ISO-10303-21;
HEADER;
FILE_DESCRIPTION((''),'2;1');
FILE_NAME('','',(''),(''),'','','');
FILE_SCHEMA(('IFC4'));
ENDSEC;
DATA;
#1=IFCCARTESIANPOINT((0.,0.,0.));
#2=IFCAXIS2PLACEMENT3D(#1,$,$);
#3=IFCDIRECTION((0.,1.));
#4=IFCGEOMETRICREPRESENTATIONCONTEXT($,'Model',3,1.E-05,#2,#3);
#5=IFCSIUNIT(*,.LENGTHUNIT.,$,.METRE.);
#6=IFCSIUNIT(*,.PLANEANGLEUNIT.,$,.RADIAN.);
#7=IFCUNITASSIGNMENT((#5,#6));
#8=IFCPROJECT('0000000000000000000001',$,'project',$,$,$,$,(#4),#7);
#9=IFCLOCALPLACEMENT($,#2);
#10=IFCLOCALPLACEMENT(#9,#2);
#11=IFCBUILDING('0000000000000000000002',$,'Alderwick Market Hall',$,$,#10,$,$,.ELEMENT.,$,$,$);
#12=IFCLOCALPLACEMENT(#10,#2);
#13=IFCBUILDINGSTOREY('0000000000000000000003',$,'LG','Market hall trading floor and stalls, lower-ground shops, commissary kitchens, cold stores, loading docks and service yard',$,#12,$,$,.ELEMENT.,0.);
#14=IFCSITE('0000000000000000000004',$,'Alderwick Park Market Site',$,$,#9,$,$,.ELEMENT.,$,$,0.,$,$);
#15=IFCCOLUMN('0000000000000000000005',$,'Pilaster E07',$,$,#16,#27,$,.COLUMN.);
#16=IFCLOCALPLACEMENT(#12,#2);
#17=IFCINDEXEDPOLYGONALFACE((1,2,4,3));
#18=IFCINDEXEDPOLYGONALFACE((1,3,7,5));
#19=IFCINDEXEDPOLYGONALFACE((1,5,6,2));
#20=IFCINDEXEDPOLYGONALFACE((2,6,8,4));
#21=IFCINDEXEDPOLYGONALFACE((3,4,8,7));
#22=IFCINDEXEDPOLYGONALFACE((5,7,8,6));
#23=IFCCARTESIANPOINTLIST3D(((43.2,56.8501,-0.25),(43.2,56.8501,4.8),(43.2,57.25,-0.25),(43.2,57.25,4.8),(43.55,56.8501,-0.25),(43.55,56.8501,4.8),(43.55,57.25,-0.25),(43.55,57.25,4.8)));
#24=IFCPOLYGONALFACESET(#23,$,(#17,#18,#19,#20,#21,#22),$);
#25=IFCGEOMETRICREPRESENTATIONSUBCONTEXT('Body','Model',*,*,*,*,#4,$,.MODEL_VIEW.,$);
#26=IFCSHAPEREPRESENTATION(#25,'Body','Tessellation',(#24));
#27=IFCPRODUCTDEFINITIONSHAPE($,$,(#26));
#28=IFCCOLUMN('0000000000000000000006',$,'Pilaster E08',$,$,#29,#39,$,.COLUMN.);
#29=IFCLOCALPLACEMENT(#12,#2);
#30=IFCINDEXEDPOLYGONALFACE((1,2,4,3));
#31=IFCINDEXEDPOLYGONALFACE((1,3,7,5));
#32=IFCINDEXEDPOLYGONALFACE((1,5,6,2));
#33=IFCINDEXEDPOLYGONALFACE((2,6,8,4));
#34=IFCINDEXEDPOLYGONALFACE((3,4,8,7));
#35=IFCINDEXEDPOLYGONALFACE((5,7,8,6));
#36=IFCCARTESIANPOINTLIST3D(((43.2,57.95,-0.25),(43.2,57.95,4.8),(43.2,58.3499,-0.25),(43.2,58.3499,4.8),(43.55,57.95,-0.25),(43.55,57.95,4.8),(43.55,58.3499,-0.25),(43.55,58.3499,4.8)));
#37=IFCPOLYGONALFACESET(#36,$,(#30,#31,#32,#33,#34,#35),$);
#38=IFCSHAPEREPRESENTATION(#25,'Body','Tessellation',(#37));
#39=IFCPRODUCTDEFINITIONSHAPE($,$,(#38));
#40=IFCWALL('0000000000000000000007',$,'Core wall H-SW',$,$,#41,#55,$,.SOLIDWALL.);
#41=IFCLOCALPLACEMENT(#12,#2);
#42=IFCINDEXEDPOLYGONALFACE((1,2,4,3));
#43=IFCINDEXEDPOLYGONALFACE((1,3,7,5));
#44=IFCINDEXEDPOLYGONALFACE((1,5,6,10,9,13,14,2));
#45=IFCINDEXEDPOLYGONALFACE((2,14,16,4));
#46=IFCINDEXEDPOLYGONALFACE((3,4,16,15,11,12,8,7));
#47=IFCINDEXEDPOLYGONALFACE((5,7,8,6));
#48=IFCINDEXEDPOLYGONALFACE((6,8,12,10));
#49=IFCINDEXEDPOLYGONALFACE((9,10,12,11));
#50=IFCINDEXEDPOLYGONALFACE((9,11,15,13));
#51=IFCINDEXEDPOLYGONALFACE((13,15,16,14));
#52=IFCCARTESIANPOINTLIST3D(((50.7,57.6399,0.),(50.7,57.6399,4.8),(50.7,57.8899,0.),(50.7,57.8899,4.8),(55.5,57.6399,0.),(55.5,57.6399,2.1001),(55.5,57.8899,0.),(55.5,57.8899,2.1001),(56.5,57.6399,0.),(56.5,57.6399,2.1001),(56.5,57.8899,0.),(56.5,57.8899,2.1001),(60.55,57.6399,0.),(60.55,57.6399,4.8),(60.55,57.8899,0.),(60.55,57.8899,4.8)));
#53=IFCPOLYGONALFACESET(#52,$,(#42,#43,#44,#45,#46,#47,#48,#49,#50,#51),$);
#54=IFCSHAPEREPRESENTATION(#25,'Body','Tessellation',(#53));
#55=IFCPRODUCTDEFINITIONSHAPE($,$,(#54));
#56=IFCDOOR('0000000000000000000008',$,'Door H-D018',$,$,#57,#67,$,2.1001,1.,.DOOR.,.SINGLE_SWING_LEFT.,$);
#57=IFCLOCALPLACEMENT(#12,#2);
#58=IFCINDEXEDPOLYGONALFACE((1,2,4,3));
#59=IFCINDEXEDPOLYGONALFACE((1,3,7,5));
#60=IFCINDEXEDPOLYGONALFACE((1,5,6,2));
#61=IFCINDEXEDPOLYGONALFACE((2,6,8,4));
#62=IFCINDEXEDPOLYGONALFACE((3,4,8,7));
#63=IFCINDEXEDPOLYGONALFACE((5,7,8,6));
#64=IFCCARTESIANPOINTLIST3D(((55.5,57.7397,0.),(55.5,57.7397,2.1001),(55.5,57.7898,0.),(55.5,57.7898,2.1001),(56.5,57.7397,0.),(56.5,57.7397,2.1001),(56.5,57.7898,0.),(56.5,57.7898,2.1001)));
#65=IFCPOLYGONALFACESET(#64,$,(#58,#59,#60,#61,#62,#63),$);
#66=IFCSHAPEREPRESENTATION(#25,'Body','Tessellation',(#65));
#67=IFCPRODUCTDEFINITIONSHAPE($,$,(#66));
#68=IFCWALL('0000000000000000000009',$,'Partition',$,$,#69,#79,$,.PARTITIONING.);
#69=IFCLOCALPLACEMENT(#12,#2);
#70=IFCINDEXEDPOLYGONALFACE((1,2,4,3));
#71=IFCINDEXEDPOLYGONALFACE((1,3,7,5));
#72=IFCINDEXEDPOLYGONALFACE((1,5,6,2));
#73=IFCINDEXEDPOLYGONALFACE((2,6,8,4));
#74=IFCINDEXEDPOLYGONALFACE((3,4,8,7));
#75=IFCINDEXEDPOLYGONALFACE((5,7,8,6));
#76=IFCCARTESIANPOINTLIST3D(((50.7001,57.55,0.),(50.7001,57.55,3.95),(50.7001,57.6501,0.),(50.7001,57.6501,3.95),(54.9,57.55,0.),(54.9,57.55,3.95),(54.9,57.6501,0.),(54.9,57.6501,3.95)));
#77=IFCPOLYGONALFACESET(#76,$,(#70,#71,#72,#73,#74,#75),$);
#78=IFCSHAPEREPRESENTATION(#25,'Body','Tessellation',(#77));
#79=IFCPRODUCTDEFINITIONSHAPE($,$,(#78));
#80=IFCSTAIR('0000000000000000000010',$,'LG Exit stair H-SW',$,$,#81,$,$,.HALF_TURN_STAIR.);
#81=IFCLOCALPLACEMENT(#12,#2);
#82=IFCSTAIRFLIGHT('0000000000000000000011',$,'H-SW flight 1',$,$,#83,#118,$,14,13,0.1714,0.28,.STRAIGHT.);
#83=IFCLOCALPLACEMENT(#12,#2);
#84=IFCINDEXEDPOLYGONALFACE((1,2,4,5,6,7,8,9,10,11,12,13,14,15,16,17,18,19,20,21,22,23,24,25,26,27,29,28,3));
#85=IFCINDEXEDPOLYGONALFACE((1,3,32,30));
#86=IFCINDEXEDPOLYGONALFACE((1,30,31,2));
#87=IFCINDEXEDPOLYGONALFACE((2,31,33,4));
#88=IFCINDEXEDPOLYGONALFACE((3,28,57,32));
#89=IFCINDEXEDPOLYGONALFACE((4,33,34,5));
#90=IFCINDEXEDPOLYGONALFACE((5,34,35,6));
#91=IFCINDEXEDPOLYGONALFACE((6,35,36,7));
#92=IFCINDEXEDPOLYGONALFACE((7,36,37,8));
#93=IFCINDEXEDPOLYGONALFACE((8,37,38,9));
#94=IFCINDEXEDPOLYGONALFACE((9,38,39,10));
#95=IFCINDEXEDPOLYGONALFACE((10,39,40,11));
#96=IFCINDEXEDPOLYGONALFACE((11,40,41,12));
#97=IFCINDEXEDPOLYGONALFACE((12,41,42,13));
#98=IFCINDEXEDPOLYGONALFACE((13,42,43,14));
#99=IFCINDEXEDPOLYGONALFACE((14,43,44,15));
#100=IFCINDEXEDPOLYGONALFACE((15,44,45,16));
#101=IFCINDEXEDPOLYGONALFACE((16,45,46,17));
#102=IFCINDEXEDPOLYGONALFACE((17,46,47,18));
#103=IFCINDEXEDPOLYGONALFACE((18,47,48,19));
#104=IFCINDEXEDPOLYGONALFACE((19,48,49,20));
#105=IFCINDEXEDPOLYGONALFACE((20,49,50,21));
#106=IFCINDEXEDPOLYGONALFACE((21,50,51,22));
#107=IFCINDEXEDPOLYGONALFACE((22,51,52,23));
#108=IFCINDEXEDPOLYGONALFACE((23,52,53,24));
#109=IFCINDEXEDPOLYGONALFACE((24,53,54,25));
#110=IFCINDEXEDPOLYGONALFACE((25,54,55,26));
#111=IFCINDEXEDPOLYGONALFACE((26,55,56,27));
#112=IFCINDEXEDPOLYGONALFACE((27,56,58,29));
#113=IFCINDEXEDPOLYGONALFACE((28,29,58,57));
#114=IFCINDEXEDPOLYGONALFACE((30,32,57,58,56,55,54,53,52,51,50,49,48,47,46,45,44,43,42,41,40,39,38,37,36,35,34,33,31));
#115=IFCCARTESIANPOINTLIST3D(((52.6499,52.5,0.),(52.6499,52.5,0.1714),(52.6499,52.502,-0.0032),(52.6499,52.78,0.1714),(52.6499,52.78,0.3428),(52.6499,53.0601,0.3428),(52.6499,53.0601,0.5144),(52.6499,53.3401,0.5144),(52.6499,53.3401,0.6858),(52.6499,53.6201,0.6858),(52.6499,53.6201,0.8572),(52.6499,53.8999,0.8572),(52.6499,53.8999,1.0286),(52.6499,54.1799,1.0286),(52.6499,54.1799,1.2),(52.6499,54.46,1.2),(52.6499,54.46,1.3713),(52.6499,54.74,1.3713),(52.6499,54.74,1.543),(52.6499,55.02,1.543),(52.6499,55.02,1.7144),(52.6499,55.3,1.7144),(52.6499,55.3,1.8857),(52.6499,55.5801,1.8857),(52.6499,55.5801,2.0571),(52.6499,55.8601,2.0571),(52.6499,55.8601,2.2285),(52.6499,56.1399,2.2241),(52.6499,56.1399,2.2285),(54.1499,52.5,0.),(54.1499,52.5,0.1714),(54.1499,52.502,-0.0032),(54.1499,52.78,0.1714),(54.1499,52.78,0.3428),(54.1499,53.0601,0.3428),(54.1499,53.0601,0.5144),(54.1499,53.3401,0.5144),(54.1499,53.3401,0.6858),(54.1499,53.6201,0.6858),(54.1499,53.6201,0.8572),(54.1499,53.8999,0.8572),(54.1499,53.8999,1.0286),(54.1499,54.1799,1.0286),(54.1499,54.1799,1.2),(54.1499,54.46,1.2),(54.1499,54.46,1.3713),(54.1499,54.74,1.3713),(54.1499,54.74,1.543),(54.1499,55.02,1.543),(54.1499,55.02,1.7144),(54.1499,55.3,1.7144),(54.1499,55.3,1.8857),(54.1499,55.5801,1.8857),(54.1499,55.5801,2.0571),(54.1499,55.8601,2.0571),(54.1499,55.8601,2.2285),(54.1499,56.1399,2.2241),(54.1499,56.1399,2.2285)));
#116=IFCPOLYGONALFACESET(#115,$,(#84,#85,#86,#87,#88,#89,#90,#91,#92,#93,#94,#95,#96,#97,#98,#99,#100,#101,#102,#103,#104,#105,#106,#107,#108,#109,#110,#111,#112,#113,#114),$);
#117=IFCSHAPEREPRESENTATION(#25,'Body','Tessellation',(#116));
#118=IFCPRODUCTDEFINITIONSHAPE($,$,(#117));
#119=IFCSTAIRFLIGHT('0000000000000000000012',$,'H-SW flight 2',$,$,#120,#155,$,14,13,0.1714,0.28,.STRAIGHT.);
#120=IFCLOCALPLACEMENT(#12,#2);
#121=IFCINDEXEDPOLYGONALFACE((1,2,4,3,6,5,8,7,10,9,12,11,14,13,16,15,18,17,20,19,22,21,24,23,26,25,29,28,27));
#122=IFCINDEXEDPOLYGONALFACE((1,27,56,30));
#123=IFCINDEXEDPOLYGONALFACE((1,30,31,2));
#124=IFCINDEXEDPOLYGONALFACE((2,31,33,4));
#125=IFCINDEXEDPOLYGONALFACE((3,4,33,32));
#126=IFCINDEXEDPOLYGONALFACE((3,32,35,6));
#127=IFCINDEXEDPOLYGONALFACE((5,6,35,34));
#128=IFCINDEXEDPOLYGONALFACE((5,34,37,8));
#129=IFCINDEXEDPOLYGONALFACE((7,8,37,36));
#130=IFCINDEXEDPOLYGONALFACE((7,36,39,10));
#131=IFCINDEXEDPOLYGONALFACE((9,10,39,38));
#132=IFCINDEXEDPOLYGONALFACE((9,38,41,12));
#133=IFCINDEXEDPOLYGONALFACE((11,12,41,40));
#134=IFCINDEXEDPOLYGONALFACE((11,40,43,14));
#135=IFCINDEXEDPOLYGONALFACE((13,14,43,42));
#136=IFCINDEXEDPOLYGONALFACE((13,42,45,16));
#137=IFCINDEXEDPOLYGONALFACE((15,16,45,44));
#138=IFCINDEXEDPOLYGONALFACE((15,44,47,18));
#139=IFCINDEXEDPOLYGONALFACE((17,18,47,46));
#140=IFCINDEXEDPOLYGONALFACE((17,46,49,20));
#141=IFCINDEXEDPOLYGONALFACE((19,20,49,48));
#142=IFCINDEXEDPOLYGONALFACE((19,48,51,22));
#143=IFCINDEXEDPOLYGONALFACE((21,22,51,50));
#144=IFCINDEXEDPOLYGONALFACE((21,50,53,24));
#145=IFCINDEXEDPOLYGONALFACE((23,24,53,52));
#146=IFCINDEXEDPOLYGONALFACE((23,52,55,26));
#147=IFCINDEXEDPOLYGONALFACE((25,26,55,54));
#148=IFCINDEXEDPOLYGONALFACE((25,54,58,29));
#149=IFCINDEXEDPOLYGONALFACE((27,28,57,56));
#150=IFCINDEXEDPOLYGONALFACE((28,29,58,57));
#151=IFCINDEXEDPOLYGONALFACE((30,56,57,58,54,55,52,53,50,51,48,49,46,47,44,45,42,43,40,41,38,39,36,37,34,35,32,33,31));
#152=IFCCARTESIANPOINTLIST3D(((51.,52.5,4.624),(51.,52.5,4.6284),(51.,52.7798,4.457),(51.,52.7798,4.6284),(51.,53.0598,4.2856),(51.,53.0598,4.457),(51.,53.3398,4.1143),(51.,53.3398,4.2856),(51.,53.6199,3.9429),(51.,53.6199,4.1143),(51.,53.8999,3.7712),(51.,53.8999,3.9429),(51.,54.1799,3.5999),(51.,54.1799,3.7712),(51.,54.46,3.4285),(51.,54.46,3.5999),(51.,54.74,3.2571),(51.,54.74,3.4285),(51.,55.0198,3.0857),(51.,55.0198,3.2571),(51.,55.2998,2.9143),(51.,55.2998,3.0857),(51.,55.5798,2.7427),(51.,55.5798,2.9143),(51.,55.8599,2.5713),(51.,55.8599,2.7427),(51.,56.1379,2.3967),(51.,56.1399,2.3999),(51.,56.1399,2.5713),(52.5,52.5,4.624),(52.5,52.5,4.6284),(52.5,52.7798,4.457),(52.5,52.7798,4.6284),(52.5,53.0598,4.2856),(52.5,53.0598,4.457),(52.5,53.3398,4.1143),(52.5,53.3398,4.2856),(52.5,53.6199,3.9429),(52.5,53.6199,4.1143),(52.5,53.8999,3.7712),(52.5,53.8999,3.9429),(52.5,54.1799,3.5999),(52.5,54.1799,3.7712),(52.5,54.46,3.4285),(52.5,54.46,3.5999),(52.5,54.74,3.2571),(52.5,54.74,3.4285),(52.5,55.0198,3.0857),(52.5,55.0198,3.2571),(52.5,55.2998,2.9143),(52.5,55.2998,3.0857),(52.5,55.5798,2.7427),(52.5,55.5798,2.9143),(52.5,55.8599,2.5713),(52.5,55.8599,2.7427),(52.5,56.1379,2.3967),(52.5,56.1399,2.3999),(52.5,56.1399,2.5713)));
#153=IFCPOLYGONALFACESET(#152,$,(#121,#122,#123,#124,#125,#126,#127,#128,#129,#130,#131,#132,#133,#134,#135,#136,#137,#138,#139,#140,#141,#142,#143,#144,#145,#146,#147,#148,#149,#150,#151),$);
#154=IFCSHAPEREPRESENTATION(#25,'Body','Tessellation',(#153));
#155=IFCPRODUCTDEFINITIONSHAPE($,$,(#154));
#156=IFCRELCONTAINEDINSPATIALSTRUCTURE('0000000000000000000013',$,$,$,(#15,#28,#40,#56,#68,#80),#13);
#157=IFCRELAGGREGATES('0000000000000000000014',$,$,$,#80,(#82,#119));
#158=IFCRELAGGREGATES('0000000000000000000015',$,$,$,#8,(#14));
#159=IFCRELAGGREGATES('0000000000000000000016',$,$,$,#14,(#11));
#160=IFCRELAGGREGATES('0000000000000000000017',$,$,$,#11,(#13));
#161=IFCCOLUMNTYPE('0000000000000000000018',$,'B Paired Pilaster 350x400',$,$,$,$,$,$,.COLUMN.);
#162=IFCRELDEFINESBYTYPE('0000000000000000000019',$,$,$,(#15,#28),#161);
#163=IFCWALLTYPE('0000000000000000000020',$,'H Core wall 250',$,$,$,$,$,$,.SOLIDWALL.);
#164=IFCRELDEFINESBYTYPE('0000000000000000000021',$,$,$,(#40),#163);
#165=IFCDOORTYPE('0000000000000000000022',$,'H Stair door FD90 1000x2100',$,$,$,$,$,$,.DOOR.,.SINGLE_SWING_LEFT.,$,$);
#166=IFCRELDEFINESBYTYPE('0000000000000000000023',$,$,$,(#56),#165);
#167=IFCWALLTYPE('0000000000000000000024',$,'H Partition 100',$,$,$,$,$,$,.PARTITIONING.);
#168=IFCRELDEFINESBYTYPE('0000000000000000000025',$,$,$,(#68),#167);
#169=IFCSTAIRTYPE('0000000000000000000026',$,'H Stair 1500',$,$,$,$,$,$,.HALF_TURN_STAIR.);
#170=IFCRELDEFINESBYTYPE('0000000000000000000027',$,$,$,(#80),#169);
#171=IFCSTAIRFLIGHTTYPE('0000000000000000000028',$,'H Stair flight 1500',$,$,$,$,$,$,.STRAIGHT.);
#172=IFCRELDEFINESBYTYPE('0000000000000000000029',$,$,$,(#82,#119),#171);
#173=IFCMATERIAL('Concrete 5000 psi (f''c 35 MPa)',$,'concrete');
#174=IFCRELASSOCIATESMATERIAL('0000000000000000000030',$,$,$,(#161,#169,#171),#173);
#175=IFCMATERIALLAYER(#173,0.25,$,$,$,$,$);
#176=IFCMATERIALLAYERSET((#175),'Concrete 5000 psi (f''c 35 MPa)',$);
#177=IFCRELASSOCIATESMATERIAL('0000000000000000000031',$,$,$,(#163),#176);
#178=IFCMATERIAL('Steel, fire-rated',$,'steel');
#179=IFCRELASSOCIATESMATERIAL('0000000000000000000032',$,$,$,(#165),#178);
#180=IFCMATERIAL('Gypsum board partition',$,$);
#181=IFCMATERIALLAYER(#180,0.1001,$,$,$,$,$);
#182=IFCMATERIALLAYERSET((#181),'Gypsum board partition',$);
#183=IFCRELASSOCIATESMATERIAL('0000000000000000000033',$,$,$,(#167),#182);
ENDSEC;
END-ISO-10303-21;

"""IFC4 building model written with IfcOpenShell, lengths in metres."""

from ifc_helpers import new_model, si_unit, direction, frame, frame_2d, origin, origin_2d, place, context, subcontext, project, spatial, polyline, rectangle, outline, extrude, material, layer, layer_set, material_profile, profile_set, type_object, element, fill, aggregate, save


model = new_model("IFC4")

# Units and contexts
model_context = context("Model", 3, precision=1e-05, world=origin(), true_north=direction((0.0, 1.0)))
body_context = subcontext(model_context, "Body", "Model", "MODEL_VIEW")
ifc_project = project(units=[si_unit("LENGTHUNIT", "METRE"), si_unit("PLANEANGLEUNIT", "RADIAN")], contexts=[model_context])

# Site, building, storey
site_placement = place(None, origin())
site = spatial("IfcSite", under=ifc_project, at=site_placement, Name="Alderwick Park Market Site", CompositionType="ELEMENT", RefElevation=0.0)
building_placement = place(site_placement, origin())
building = spatial("IfcBuilding", under=site, at=building_placement, Name="Alderwick Market Hall", CompositionType="ELEMENT")
storey_placement = place(building_placement, origin())
storey = spatial("IfcBuildingStorey", under=building, at=storey_placement, Name="LG", Description="Market hall trading floor and stalls, lower-ground shops, commissary kitchens, cold stores, loading docks and service yard", CompositionType="ELEMENT", Elevation=0.0)

# Columns
ifc_material_1 = material(Name="Concrete 5000 psi (f'c 35 MPa)", Category="concrete")
ifc_material_profile = material_profile(ifc_material_1, rectangle(XDim=0.3501, YDim=0.3999, at=origin_2d()), Name="B Paired Pilaster 350x400")
ifc_profile_set = profile_set([ifc_material_profile], Name="Concrete 5000 psi (f'c 35 MPa)")
column_type = type_object("IfcColumnType", Name="B Paired Pilaster 350x400", PredefinedType="COLUMN", material=ifc_profile_set)
for number, where, z_axis, x_axis, name in (
    (1, (43.375, 57.05, -0.25), (0.0, 0.0, 1.0), (1.0, 0.0, 0.0), "Pilaster E07"),
    (2, (43.375, 58.1499, -0.25), (0.0, 0.0, 1.0), (1.0, 0.0, 0.0), "Pilaster E08"),
):
    element("IfcColumn", number, at=place(storey_placement, frame(where, z_axis=z_axis, x_axis=x_axis)), inside=storey, type_object=column_type, Name=name, PredefinedType="COLUMN", context=body_context, shape_type="SweptSolid", body=[
        extrude(rectangle(XDim=0.3501, YDim=0.3999, at=origin_2d()), origin(), (0.0, 0.0, 1.0), 5.05),
    ])

# Wall, opening, door
ifc_layer_1 = layer(ifc_material_1, 0.25)
ifc_layer_set_1 = layer_set([ifc_layer_1], Name="Concrete 5000 psi (f'c 35 MPa)")
wall_type_1 = type_object("IfcWallType", Name="H Core wall 250", PredefinedType="SOLIDWALL", material=ifc_layer_set_1)
wall_1_placement = place(storey_placement, frame((50.7, 57.7649, 0.0), z_axis=(0.0, 0.0, 1.0), x_axis=(1.0, 0.0, 0.0)))
wall_1 = element("IfcWall", 3, at=wall_1_placement, inside=storey, type_object=wall_type_1, Name="Core wall H-SW", PredefinedType="SOLIDWALL", context=body_context, shape_type="SweptSolid", body=[
    extrude(rectangle(XDim=9.8501, YDim=0.25, at=frame_2d((4.925, 0.0))), origin(), (0.0, 0.0, 1.0), 4.8),
])
opening_placement = place(wall_1_placement, frame((4.8, 0.0, 0.0)))
opening = element("IfcOpeningElement", 4, at=opening_placement, cuts=wall_1, PredefinedType="OPENING", context=body_context, shape_type="SweptSolid", body=[
    extrude(rectangle(XDim=1.0, YDim=2.1001, at=frame_2d((0.5, 1.05))), frame((0.0, 0.135, 0.0), z_axis=(0.0, -1.0, 0.0), x_axis=(1.0, 0.0, 0.0)), (0.0, 0.0, 1.0), 0.27),
])
ifc_material_2 = material(Name="Steel, fire-rated", Category="steel")
door_type = type_object("IfcDoorType", Name="H Stair door FD90 1000x2100", OperationType="SINGLE_SWING_LEFT", PredefinedType="DOOR", material=ifc_material_2)
door_placement = place(opening_placement, origin())
door = element("IfcDoor", 5, at=door_placement, inside=storey, type_object=door_type, Name="Door H-D018", OperationType="SINGLE_SWING_LEFT", OverallHeight=2.1001, OverallWidth=1.0, PredefinedType="DOOR", context=body_context, shape_type="SweptSolid", body=[
    extrude(rectangle(XDim=1.0, YDim=2.1001, at=frame_2d((0.5, 1.05))), frame((0.0, 0.0249, 0.0), z_axis=(0.0, -1.0, 0.0), x_axis=(1.0, 0.0, 0.0)), (0.0, 0.0, 1.0), 0.05),
])
fill(opening, door)

# Wall
ifc_material_3 = material(Name="Gypsum board partition")
ifc_layer_2 = layer(ifc_material_3, 0.1001)
ifc_layer_set_2 = layer_set([ifc_layer_2], Name="Gypsum board partition")
wall_type_2 = type_object("IfcWallType", Name="H Partition 100", PredefinedType="PARTITIONING", material=ifc_layer_set_2)
wall_2_placement = place(storey_placement, frame((50.7, 57.6001, 0.0), z_axis=(0.0, 0.0, 1.0), x_axis=(1.0, 0.0, 0.0)))
element("IfcWall", 6, at=wall_2_placement, inside=storey, type_object=wall_type_2, Name="Partition", PredefinedType="PARTITIONING", context=body_context, shape_type="SweptSolid", body=[
    extrude(rectangle(XDim=4.2, YDim=0.1001, at=frame_2d((2.1001, 0.0))), origin(), (0.0, 0.0, 1.0), 3.95),
])

# Stair, stair flights
stair_type = type_object("IfcStairType", Name="H Stair 1500", PredefinedType="HALF_TURN_STAIR", material=ifc_material_1)
stair_placement = place(storey_placement, origin())
stair = element("IfcStair", 7, at=stair_placement, inside=storey, type_object=stair_type, Name="LG Exit stair H-SW", PredefinedType="HALF_TURN_STAIR")
stair_flight_type = type_object("IfcStairFlightType", Name="H Stair flight 1500", PredefinedType="STRAIGHT", material=ifc_material_1)
stair_flight_1_placement = place(storey_placement, frame((53.3999, 52.5, 0.0), z_axis=(0.0, 0.0, 1.0), x_axis=(0.0, 1.0, 0.0)))
stair_flight_1 = element("IfcStairFlight", 8, at=stair_flight_1_placement, type_object=stair_flight_type, Name="H-SW flight 1", NumberOfRisers=14, NumberOfTreads=13, PredefinedType="STRAIGHT", RiserHeight=0.1714, TreadLength=0.28, context=body_context, shape_type="SweptSolid", body=[
    extrude(outline(polyline([(0.002, -0.0032), (0.0, 0.0), (0.0, 0.1714), (0.28, 0.1714), (0.28, 0.3428), (0.5601, 0.3428), (0.5601, 0.5144), (0.8401, 0.5144), (0.8401, 0.6858), (1.1201, 0.6858), (1.1201, 0.8572), (1.3999, 0.8572), (1.3999, 1.0286), (1.6799, 1.0286), (1.6799, 1.2), (1.96, 1.2), (1.96, 1.3713), (2.24, 1.3713), (2.24, 1.543), (2.52, 1.543), (2.52, 1.7144), (2.8, 1.7144), (2.8, 1.8857), (3.0801, 1.8857), (3.0801, 2.0571), (3.3601, 2.0571), (3.3601, 2.2285), (3.6399, 2.2285), (3.6399, 2.2241), (0.002, -0.0032)])), frame((0.0, 0.75, 0.0), z_axis=(0.0, -1.0, 0.0), x_axis=(1.0, 0.0, 0.0)), (0.0, 0.0, 1.0), 1.5),
])
stair_flight_2_placement = place(storey_placement, frame((51.75, 56.1399, 2.3999), z_axis=(0.0, 0.0, 1.0), x_axis=(0.0, -1.0, 0.0)))
stair_flight_2 = element("IfcStairFlight", 9, at=stair_flight_2_placement, type_object=stair_flight_type, Name="H-SW flight 2", NumberOfRisers=14, NumberOfTreads=13, PredefinedType="STRAIGHT", RiserHeight=0.1714, TreadLength=0.28, context=body_context, shape_type="SweptSolid", body=[
    extrude(outline(polyline([(0.002, -0.0032), (0.0, 0.0), (0.0, 0.1714), (0.28, 0.1714), (0.28, 0.3428), (0.5601, 0.3428), (0.5601, 0.5144), (0.8401, 0.5144), (0.8401, 0.6858), (1.1201, 0.6858), (1.1201, 0.8572), (1.3999, 0.8572), (1.3999, 1.0286), (1.6799, 1.0286), (1.6799, 1.2), (1.96, 1.2), (1.96, 1.3713), (2.24, 1.3713), (2.24, 1.543), (2.52, 1.543), (2.52, 1.7144), (2.8, 1.7144), (2.8, 1.8857), (3.0801, 1.8857), (3.0801, 2.0571), (3.3601, 2.0571), (3.3601, 2.2285), (3.6399, 2.2285), (3.6399, 2.2241), (0.002, -0.0032)])), frame((0.0, 0.75, 0.0), z_axis=(0.0, -1.0, 0.0), x_axis=(1.0, 0.0, 0.0)), (0.0, 0.0, 1.0), 1.5),
])
aggregate(stair, [stair_flight_1, stair_flight_2])

save(model, "model.ifc")
